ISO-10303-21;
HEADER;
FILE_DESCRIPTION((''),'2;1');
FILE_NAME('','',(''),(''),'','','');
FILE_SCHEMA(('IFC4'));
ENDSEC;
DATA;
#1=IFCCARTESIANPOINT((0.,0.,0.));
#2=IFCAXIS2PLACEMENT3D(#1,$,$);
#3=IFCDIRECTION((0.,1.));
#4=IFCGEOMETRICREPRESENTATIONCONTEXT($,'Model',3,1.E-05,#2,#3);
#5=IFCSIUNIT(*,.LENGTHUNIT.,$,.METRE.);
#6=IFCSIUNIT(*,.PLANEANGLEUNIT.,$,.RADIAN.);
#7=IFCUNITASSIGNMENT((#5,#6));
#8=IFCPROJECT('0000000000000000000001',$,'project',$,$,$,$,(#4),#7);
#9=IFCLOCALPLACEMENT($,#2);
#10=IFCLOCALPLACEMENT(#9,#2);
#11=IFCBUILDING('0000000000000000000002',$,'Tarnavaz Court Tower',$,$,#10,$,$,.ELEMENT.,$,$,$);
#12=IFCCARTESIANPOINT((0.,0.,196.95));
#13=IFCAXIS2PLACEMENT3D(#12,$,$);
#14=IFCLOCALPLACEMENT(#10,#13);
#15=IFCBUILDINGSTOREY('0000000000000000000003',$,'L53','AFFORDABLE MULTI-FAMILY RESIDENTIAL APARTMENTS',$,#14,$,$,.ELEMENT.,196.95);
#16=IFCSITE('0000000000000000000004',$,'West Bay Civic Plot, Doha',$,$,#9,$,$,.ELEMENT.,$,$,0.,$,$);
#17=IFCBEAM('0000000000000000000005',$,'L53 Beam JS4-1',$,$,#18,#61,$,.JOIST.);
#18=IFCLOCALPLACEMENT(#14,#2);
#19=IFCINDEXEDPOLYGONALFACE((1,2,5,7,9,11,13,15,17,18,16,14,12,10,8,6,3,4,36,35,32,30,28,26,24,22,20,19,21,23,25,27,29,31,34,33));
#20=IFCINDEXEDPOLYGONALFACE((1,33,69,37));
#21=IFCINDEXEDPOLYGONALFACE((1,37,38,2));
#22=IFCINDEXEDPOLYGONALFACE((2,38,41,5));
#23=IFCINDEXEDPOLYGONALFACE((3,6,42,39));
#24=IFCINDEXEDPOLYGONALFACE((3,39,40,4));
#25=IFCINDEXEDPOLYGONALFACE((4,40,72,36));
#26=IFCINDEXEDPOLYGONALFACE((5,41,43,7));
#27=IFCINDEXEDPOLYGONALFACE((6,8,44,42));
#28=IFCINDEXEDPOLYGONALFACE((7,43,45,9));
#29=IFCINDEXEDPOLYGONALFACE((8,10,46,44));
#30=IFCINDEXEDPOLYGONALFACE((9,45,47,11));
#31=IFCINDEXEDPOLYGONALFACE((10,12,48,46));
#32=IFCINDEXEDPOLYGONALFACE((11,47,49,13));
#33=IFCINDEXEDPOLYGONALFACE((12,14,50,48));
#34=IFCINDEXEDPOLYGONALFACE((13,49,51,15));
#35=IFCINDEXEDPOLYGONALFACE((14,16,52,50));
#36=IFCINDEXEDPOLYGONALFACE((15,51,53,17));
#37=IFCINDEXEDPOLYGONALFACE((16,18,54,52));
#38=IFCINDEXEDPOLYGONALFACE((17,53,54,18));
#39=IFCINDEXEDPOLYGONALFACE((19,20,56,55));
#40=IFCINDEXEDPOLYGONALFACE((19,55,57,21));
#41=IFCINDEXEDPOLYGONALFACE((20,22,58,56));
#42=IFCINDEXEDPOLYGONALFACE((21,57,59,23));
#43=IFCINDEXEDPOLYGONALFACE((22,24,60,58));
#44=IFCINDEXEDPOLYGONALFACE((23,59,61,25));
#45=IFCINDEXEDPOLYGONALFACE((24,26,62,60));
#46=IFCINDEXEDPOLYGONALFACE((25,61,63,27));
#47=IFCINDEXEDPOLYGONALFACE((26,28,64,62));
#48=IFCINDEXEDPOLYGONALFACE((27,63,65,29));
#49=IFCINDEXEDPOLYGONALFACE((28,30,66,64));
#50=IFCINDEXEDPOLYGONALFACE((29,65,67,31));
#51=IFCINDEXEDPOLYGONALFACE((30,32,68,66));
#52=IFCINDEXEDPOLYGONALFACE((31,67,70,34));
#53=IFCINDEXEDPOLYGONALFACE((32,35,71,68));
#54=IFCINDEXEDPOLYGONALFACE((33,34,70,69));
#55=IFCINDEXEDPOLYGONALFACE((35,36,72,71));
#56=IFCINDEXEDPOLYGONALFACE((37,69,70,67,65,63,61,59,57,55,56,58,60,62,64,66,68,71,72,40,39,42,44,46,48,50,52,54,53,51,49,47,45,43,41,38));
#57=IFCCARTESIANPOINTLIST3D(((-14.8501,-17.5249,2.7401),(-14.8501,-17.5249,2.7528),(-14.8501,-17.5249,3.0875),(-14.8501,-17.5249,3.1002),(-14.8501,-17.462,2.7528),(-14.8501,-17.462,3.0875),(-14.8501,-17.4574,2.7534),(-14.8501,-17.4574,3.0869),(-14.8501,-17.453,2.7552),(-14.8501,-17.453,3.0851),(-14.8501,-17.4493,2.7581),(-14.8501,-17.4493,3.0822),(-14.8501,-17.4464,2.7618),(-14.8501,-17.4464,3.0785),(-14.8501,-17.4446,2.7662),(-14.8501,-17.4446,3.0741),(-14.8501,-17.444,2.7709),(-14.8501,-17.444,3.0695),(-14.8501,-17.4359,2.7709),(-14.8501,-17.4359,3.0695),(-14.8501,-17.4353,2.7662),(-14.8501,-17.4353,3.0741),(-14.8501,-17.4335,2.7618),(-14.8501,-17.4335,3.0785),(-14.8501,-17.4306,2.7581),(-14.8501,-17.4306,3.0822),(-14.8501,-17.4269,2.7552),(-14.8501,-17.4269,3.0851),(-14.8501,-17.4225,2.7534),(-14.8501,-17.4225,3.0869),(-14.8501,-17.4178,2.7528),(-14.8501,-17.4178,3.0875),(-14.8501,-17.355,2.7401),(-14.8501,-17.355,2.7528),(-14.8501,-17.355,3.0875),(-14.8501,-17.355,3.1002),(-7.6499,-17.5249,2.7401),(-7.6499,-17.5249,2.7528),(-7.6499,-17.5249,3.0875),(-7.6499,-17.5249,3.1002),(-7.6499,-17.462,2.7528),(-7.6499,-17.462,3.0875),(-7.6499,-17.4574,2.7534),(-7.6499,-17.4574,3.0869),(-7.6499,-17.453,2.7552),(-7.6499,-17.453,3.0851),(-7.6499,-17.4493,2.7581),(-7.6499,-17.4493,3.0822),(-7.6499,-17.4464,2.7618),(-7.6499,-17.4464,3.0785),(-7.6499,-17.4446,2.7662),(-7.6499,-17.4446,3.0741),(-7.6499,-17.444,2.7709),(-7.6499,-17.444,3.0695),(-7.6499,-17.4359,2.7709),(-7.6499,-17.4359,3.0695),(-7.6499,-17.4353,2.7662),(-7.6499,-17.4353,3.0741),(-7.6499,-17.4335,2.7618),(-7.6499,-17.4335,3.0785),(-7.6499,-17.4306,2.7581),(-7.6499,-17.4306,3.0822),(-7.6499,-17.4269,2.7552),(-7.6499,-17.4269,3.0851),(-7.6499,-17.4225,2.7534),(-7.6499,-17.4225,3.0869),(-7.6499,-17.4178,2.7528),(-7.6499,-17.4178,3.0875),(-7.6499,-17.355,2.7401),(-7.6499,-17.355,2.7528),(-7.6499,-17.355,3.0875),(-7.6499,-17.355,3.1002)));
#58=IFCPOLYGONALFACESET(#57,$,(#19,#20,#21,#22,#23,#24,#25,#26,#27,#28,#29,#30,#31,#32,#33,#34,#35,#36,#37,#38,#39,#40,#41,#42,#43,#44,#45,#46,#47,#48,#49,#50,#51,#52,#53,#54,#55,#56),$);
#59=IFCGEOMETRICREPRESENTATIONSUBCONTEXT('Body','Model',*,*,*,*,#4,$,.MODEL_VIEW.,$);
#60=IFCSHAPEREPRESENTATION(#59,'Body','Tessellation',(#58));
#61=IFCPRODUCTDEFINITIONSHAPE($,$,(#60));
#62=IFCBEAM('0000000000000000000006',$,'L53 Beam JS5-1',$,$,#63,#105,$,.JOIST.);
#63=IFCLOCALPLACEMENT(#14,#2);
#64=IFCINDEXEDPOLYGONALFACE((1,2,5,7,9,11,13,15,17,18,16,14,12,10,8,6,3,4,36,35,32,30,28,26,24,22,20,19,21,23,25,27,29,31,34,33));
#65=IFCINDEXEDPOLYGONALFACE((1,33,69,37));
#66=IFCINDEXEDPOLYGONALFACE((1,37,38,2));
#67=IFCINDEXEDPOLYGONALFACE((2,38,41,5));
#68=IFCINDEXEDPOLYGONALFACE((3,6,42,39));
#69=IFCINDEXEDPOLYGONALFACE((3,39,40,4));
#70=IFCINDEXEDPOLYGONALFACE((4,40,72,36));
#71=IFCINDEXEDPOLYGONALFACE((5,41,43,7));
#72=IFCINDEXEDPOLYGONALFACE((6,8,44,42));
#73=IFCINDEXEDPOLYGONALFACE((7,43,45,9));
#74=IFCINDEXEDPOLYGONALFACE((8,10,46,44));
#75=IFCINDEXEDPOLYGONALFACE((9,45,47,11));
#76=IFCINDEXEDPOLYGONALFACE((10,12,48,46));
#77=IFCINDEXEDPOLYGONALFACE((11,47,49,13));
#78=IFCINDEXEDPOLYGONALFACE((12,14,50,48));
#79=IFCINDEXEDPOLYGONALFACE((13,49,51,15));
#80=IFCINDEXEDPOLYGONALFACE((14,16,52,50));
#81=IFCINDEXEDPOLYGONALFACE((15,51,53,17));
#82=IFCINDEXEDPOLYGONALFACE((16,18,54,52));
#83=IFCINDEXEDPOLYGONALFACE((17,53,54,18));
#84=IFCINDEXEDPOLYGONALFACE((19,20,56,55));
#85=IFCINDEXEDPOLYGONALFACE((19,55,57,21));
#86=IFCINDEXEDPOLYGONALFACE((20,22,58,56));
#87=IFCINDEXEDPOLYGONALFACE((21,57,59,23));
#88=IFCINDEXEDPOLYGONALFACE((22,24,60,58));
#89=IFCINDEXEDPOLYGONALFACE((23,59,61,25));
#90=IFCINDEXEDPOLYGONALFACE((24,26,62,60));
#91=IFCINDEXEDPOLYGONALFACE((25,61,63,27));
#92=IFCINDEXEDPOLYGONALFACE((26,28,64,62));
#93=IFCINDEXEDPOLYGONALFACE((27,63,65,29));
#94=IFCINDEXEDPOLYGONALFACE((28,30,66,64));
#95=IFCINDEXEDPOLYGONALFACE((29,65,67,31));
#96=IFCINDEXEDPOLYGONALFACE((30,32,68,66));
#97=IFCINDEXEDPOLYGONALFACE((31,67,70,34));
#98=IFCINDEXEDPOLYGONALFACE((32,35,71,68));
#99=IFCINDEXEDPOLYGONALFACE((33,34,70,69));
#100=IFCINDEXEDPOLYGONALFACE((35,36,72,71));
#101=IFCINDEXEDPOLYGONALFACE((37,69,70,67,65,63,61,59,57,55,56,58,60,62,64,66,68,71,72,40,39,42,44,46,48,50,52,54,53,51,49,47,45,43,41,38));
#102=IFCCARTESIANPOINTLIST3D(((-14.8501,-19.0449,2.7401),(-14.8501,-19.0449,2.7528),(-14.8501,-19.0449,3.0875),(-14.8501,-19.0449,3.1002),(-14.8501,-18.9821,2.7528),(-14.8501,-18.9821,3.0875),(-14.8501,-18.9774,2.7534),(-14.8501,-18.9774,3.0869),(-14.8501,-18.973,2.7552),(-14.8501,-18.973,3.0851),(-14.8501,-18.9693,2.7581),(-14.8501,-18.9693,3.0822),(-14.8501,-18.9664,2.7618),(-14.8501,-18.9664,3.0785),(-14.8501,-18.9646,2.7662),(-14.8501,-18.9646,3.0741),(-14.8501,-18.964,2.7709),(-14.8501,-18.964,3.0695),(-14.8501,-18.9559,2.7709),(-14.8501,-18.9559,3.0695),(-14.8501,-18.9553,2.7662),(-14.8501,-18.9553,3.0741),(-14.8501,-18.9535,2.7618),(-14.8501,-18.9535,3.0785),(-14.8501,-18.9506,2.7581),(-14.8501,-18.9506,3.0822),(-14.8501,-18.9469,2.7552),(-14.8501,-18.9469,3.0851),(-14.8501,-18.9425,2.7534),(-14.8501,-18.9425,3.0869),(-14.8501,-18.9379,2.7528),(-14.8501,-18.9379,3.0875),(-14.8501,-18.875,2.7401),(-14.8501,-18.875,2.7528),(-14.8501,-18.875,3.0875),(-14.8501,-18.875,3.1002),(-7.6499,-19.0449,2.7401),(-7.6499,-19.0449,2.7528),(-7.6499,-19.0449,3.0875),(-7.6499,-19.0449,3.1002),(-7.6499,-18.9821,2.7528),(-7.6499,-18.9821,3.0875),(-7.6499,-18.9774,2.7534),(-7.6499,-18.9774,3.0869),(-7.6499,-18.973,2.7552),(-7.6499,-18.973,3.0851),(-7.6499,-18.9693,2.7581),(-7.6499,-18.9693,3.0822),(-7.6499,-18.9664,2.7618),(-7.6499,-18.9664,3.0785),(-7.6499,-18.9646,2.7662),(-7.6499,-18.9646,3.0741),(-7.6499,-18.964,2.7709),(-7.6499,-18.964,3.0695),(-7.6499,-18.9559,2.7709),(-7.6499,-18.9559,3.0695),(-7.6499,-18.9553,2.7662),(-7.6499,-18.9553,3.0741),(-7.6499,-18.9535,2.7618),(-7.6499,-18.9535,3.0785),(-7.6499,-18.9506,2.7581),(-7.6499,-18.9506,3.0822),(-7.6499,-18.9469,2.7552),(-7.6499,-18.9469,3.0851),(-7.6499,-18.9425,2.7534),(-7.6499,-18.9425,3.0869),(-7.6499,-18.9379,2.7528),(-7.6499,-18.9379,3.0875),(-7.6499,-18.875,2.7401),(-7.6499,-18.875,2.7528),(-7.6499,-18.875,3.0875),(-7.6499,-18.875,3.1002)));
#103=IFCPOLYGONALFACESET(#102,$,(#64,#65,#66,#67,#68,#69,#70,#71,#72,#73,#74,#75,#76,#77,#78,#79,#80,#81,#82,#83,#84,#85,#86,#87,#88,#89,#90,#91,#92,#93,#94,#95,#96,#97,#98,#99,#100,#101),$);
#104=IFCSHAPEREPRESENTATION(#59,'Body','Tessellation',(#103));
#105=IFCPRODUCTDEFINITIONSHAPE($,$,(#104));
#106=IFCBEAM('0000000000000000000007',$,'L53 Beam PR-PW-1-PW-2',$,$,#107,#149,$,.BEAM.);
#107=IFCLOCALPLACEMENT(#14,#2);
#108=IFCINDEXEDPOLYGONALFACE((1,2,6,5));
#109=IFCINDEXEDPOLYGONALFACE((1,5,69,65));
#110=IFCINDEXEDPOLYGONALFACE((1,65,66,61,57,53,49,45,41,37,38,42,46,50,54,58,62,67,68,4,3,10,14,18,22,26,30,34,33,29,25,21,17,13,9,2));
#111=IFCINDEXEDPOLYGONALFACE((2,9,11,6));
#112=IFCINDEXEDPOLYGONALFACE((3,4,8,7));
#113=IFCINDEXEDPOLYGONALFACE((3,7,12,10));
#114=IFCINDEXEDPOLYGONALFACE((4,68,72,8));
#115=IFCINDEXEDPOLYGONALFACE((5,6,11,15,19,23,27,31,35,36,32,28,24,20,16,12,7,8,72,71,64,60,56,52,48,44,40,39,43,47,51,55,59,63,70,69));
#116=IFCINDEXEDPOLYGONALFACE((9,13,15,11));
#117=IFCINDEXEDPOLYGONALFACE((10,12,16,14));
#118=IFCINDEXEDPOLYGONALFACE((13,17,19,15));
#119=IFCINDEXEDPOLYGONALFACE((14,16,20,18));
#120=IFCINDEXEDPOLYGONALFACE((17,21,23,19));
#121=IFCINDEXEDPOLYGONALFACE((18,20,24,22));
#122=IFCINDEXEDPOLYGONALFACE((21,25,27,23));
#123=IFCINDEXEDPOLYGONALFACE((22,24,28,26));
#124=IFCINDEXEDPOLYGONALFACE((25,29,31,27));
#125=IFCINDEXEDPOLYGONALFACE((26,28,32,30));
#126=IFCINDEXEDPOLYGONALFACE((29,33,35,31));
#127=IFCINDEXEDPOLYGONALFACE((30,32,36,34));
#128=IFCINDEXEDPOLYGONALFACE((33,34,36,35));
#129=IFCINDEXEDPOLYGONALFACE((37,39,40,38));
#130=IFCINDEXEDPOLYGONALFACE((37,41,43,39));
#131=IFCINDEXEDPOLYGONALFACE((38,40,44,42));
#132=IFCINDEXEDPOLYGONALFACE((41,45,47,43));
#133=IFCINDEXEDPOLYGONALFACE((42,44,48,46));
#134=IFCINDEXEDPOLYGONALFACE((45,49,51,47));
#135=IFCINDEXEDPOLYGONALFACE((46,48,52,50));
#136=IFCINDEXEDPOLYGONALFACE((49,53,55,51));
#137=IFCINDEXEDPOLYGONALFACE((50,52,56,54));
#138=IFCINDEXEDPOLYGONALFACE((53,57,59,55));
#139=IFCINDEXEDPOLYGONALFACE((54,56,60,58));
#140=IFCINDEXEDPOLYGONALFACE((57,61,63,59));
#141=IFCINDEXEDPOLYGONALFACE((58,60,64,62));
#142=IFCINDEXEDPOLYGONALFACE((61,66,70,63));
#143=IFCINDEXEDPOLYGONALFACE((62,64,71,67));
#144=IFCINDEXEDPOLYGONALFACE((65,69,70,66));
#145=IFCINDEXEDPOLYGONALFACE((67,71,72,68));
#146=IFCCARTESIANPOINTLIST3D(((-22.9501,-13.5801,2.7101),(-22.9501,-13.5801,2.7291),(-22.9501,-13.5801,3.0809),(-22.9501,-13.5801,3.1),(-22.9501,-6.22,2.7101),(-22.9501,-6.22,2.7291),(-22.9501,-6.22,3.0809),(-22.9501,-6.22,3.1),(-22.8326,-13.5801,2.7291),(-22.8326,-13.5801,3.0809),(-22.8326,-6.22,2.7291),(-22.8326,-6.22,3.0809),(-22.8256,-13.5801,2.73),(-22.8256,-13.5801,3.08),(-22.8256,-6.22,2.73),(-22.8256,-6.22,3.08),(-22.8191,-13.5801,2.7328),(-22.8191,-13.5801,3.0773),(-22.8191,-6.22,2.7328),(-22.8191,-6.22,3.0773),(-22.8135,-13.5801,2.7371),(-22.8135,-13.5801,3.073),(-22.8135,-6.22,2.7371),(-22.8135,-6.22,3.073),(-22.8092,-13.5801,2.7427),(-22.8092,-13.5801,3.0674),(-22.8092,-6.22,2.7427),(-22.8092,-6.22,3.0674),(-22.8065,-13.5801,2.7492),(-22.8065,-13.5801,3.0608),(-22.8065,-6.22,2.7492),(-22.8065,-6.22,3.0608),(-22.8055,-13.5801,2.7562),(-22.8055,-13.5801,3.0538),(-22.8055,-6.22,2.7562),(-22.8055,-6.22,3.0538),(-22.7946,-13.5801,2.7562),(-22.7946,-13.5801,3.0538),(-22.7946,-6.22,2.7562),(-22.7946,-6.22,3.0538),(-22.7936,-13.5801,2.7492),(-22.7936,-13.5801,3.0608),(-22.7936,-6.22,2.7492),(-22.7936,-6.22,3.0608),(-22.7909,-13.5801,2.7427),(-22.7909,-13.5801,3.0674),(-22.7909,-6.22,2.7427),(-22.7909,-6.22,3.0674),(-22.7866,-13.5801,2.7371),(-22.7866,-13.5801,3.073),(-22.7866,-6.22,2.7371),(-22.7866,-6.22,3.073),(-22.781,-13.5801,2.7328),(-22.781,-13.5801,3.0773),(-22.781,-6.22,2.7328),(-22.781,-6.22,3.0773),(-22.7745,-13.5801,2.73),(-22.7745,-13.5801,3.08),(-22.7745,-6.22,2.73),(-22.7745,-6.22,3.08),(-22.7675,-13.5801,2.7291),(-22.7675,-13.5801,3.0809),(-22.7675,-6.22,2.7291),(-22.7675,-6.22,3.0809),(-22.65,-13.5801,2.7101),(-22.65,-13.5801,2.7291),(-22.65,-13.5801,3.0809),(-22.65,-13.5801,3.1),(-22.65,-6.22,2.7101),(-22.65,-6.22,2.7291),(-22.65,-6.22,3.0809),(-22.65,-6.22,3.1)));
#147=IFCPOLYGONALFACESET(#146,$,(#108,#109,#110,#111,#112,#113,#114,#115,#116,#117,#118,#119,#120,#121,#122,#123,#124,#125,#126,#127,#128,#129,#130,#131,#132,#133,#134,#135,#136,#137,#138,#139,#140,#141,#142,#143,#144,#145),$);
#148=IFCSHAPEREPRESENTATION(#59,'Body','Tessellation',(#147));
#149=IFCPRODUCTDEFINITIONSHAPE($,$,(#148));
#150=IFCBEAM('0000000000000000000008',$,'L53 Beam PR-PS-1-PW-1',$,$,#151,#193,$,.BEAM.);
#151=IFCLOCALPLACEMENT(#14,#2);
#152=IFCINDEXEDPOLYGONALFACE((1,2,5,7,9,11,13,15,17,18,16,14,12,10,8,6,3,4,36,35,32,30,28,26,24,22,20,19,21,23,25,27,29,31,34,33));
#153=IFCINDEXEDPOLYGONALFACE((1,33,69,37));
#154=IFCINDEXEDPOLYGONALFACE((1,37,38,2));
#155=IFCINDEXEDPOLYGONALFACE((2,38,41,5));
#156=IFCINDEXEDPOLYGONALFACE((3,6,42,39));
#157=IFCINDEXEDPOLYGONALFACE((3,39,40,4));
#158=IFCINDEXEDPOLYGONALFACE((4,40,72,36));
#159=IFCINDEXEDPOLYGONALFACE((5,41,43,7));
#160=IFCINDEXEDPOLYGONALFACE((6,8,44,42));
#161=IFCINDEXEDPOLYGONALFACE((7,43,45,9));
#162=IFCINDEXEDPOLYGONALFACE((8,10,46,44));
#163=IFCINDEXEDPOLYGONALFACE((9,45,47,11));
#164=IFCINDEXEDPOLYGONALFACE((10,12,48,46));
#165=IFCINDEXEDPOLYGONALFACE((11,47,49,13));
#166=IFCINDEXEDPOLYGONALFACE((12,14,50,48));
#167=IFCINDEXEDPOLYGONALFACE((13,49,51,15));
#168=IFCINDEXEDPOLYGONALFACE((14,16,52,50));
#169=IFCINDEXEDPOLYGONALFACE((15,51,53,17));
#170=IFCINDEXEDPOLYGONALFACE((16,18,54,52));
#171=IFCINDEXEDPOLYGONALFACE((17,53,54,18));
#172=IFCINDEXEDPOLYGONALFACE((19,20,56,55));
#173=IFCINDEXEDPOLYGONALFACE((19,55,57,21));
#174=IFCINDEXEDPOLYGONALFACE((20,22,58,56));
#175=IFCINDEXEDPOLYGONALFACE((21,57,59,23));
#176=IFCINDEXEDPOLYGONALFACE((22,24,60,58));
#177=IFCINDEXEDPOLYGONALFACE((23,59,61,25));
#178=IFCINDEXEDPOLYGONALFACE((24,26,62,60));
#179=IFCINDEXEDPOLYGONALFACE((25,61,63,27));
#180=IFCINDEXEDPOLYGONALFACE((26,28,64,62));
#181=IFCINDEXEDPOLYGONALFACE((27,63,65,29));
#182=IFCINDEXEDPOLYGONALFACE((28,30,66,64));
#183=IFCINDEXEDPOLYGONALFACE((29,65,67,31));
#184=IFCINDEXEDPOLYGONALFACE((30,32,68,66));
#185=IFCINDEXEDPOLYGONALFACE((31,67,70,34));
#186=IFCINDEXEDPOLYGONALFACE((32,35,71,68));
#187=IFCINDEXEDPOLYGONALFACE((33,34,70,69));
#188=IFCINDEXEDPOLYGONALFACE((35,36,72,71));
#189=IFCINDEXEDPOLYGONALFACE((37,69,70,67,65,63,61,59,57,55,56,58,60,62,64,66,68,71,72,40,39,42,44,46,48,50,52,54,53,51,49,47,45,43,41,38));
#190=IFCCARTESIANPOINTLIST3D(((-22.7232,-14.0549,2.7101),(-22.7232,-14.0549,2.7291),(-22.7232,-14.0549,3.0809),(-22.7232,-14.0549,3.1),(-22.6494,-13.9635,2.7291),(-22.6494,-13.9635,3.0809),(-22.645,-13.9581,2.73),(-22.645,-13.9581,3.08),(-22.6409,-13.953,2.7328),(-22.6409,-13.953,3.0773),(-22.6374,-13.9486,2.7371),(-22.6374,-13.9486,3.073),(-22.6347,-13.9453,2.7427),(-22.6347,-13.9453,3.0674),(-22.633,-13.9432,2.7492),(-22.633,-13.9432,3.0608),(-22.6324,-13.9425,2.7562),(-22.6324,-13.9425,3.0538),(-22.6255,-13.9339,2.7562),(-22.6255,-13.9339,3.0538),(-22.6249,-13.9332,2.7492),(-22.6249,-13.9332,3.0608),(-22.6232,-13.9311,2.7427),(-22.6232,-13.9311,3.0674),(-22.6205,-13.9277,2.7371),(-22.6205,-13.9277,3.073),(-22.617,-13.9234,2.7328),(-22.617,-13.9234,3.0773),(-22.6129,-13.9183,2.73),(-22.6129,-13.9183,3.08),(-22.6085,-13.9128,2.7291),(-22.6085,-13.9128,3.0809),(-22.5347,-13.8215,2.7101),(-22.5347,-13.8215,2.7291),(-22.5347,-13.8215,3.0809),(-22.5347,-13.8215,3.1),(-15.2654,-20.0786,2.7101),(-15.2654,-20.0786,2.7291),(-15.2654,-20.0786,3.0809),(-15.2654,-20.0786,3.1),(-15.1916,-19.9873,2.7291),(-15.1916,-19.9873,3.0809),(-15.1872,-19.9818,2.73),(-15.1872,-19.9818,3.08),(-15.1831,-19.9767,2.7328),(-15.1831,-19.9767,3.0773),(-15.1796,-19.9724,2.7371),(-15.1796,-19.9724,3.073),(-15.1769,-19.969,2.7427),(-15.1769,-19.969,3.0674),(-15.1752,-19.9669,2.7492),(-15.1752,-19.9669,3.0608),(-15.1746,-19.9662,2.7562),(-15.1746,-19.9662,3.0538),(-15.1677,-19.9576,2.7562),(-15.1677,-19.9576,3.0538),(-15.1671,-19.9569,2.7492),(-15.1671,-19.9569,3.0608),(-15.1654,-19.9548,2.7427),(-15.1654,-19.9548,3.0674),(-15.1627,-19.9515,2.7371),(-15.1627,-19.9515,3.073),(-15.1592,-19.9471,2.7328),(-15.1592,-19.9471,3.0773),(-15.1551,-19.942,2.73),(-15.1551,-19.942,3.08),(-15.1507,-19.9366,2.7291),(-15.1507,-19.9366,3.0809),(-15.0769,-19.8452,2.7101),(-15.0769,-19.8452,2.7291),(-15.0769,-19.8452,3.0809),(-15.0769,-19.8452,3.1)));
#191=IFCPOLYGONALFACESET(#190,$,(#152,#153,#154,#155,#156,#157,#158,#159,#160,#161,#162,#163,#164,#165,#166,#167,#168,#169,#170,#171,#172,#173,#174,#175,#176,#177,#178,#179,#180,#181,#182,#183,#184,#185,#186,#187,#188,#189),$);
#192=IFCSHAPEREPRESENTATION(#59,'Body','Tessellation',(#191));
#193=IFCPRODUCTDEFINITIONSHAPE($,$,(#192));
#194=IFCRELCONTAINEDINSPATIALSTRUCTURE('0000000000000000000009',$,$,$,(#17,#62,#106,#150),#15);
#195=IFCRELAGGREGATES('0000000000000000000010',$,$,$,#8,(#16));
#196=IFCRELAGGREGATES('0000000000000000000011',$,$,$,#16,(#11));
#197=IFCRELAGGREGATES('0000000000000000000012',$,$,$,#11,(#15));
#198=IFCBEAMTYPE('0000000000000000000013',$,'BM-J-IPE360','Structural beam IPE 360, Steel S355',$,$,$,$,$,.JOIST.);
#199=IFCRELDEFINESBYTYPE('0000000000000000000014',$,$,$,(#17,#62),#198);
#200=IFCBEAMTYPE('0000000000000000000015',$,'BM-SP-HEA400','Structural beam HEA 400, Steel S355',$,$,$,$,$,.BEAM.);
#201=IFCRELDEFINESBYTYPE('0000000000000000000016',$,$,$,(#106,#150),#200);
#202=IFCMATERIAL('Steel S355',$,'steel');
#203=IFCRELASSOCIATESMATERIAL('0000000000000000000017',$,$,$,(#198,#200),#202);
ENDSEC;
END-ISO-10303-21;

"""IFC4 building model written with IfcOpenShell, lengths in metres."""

from ifc_helpers import new_model, si_unit, direction, frame, origin, origin_2d, place, context, subcontext, project, spatial, i_section, extrude, material, material_profile, profile_set, type_object, element, save


model = new_model("IFC4")

# Units and contexts
model_context = context("Model", 3, precision=1e-05, world=origin(), true_north=direction((0.0, 1.0)))
body_context = subcontext(model_context, "Body", "Model", "MODEL_VIEW")
ifc_project = project(units=[si_unit("LENGTHUNIT", "METRE"), si_unit("PLANEANGLEUNIT", "RADIAN")], contexts=[model_context])

# Site, building, storey
site_placement = place(None, origin())
site = spatial("IfcSite", under=ifc_project, at=site_placement, Name="West Bay Civic Plot, Doha", CompositionType="ELEMENT", RefElevation=0.0)
building_placement = place(site_placement, origin())
building = spatial("IfcBuilding", under=site, at=building_placement, Name="Tarnavaz Court Tower", CompositionType="ELEMENT")
storey_placement = place(building_placement, frame((0.0, 0.0, 196.95)))
storey = spatial("IfcBuildingStorey", under=building, at=storey_placement, Name="L53", Description="AFFORDABLE MULTI-FAMILY RESIDENTIAL APARTMENTS", CompositionType="ELEMENT", Elevation=196.95)

# Beams
ifc_material_1 = material(Name="Steel S355", Category="steel")
ifc_material_profile_1 = material_profile(ifc_material_1, i_section(OverallWidth=0.1699, OverallDepth=0.3601, WebThickness=0.0081, FlangeThickness=0.0127, FilletRadius=0.0181, at=origin_2d()), Name="IPE 360")
ifc_profile_set_1 = profile_set([ifc_material_profile_1], Name="Steel S355")
beam_type_1 = type_object("IfcBeamType", Name="BM-J-IPE360", Description="Structural beam IPE 360, Steel S355", PredefinedType="JOIST", material=ifc_profile_set_1)
for number, where, z_axis, x_axis, name in (
    (1, (-14.8501, -17.4399, 2.9202), (1.0, 0.0, 0.0), (0.0, 1.0, 0.0), "L53 Beam JS4-1"),
    (2, (-14.8501, -18.96, 2.9202), (1.0, 0.0, 0.0), (0.0, 1.0, 0.0), "L53 Beam JS5-1"),
):
    element("IfcBeam", number, at=place(storey_placement, frame(where, z_axis=z_axis, x_axis=x_axis)), inside=storey, type_object=beam_type_1, Name=name, PredefinedType="JOIST", context=body_context, shape_type="SweptSolid", body=[
        extrude(i_section(OverallWidth=0.1699, OverallDepth=0.3601, WebThickness=0.0081, FlangeThickness=0.0127, FilletRadius=0.0181, at=origin_2d()), origin(), (0.0, 0.0, 1.0), 7.2002),
    ])
ifc_material_profile_2 = material_profile(ifc_material_1, i_section(OverallWidth=0.3, OverallDepth=0.3899, WebThickness=0.011, FlangeThickness=0.019, FilletRadius=0.0271, at=origin_2d()), Name="HEA 400")
ifc_profile_set_2 = profile_set([ifc_material_profile_2], Name="Steel S355")
beam_type_2 = type_object("IfcBeamType", Name="BM-SP-HEA400", Description="Structural beam HEA 400, Steel S355", PredefinedType="BEAM", material=ifc_profile_set_2)
beam_1_placement = place(storey_placement, frame((-22.8, -13.5801, 2.905), z_axis=(0.0, 1.0, 0.0), x_axis=(-1.0, 0.0, 0.0)))
element("IfcBeam", 3, at=beam_1_placement, inside=storey, type_object=beam_type_2, Name="L53 Beam PR-PW-1-PW-2", PredefinedType="BEAM", context=body_context, shape_type="SweptSolid", body=[
    extrude(i_section(OverallWidth=0.3, OverallDepth=0.3899, WebThickness=0.011, FlangeThickness=0.019, FilletRadius=0.0271, at=origin_2d()), origin(), (0.0, 0.0, 1.0), 7.3601),
])
beam_2_placement = place(storey_placement, frame((-15.1711, -19.9619, 2.905), z_axis=(-0.777936, 0.628344, 0.0), x_axis=(-0.628344, -0.777936, 0.0)))
element("IfcBeam", 4, at=beam_2_placement, inside=storey, type_object=beam_type_2, Name="L53 Beam PR-PS-1-PW-1", PredefinedType="BEAM", context=body_context, shape_type="SweptSolid", body=[
    extrude(i_section(OverallWidth=0.3, OverallDepth=0.3899, WebThickness=0.011, FlangeThickness=0.019, FilletRadius=0.0271, at=origin_2d()), origin(), (0.0, 0.0, 1.0), 9.5867),
])

save(model, "model.ifc")
